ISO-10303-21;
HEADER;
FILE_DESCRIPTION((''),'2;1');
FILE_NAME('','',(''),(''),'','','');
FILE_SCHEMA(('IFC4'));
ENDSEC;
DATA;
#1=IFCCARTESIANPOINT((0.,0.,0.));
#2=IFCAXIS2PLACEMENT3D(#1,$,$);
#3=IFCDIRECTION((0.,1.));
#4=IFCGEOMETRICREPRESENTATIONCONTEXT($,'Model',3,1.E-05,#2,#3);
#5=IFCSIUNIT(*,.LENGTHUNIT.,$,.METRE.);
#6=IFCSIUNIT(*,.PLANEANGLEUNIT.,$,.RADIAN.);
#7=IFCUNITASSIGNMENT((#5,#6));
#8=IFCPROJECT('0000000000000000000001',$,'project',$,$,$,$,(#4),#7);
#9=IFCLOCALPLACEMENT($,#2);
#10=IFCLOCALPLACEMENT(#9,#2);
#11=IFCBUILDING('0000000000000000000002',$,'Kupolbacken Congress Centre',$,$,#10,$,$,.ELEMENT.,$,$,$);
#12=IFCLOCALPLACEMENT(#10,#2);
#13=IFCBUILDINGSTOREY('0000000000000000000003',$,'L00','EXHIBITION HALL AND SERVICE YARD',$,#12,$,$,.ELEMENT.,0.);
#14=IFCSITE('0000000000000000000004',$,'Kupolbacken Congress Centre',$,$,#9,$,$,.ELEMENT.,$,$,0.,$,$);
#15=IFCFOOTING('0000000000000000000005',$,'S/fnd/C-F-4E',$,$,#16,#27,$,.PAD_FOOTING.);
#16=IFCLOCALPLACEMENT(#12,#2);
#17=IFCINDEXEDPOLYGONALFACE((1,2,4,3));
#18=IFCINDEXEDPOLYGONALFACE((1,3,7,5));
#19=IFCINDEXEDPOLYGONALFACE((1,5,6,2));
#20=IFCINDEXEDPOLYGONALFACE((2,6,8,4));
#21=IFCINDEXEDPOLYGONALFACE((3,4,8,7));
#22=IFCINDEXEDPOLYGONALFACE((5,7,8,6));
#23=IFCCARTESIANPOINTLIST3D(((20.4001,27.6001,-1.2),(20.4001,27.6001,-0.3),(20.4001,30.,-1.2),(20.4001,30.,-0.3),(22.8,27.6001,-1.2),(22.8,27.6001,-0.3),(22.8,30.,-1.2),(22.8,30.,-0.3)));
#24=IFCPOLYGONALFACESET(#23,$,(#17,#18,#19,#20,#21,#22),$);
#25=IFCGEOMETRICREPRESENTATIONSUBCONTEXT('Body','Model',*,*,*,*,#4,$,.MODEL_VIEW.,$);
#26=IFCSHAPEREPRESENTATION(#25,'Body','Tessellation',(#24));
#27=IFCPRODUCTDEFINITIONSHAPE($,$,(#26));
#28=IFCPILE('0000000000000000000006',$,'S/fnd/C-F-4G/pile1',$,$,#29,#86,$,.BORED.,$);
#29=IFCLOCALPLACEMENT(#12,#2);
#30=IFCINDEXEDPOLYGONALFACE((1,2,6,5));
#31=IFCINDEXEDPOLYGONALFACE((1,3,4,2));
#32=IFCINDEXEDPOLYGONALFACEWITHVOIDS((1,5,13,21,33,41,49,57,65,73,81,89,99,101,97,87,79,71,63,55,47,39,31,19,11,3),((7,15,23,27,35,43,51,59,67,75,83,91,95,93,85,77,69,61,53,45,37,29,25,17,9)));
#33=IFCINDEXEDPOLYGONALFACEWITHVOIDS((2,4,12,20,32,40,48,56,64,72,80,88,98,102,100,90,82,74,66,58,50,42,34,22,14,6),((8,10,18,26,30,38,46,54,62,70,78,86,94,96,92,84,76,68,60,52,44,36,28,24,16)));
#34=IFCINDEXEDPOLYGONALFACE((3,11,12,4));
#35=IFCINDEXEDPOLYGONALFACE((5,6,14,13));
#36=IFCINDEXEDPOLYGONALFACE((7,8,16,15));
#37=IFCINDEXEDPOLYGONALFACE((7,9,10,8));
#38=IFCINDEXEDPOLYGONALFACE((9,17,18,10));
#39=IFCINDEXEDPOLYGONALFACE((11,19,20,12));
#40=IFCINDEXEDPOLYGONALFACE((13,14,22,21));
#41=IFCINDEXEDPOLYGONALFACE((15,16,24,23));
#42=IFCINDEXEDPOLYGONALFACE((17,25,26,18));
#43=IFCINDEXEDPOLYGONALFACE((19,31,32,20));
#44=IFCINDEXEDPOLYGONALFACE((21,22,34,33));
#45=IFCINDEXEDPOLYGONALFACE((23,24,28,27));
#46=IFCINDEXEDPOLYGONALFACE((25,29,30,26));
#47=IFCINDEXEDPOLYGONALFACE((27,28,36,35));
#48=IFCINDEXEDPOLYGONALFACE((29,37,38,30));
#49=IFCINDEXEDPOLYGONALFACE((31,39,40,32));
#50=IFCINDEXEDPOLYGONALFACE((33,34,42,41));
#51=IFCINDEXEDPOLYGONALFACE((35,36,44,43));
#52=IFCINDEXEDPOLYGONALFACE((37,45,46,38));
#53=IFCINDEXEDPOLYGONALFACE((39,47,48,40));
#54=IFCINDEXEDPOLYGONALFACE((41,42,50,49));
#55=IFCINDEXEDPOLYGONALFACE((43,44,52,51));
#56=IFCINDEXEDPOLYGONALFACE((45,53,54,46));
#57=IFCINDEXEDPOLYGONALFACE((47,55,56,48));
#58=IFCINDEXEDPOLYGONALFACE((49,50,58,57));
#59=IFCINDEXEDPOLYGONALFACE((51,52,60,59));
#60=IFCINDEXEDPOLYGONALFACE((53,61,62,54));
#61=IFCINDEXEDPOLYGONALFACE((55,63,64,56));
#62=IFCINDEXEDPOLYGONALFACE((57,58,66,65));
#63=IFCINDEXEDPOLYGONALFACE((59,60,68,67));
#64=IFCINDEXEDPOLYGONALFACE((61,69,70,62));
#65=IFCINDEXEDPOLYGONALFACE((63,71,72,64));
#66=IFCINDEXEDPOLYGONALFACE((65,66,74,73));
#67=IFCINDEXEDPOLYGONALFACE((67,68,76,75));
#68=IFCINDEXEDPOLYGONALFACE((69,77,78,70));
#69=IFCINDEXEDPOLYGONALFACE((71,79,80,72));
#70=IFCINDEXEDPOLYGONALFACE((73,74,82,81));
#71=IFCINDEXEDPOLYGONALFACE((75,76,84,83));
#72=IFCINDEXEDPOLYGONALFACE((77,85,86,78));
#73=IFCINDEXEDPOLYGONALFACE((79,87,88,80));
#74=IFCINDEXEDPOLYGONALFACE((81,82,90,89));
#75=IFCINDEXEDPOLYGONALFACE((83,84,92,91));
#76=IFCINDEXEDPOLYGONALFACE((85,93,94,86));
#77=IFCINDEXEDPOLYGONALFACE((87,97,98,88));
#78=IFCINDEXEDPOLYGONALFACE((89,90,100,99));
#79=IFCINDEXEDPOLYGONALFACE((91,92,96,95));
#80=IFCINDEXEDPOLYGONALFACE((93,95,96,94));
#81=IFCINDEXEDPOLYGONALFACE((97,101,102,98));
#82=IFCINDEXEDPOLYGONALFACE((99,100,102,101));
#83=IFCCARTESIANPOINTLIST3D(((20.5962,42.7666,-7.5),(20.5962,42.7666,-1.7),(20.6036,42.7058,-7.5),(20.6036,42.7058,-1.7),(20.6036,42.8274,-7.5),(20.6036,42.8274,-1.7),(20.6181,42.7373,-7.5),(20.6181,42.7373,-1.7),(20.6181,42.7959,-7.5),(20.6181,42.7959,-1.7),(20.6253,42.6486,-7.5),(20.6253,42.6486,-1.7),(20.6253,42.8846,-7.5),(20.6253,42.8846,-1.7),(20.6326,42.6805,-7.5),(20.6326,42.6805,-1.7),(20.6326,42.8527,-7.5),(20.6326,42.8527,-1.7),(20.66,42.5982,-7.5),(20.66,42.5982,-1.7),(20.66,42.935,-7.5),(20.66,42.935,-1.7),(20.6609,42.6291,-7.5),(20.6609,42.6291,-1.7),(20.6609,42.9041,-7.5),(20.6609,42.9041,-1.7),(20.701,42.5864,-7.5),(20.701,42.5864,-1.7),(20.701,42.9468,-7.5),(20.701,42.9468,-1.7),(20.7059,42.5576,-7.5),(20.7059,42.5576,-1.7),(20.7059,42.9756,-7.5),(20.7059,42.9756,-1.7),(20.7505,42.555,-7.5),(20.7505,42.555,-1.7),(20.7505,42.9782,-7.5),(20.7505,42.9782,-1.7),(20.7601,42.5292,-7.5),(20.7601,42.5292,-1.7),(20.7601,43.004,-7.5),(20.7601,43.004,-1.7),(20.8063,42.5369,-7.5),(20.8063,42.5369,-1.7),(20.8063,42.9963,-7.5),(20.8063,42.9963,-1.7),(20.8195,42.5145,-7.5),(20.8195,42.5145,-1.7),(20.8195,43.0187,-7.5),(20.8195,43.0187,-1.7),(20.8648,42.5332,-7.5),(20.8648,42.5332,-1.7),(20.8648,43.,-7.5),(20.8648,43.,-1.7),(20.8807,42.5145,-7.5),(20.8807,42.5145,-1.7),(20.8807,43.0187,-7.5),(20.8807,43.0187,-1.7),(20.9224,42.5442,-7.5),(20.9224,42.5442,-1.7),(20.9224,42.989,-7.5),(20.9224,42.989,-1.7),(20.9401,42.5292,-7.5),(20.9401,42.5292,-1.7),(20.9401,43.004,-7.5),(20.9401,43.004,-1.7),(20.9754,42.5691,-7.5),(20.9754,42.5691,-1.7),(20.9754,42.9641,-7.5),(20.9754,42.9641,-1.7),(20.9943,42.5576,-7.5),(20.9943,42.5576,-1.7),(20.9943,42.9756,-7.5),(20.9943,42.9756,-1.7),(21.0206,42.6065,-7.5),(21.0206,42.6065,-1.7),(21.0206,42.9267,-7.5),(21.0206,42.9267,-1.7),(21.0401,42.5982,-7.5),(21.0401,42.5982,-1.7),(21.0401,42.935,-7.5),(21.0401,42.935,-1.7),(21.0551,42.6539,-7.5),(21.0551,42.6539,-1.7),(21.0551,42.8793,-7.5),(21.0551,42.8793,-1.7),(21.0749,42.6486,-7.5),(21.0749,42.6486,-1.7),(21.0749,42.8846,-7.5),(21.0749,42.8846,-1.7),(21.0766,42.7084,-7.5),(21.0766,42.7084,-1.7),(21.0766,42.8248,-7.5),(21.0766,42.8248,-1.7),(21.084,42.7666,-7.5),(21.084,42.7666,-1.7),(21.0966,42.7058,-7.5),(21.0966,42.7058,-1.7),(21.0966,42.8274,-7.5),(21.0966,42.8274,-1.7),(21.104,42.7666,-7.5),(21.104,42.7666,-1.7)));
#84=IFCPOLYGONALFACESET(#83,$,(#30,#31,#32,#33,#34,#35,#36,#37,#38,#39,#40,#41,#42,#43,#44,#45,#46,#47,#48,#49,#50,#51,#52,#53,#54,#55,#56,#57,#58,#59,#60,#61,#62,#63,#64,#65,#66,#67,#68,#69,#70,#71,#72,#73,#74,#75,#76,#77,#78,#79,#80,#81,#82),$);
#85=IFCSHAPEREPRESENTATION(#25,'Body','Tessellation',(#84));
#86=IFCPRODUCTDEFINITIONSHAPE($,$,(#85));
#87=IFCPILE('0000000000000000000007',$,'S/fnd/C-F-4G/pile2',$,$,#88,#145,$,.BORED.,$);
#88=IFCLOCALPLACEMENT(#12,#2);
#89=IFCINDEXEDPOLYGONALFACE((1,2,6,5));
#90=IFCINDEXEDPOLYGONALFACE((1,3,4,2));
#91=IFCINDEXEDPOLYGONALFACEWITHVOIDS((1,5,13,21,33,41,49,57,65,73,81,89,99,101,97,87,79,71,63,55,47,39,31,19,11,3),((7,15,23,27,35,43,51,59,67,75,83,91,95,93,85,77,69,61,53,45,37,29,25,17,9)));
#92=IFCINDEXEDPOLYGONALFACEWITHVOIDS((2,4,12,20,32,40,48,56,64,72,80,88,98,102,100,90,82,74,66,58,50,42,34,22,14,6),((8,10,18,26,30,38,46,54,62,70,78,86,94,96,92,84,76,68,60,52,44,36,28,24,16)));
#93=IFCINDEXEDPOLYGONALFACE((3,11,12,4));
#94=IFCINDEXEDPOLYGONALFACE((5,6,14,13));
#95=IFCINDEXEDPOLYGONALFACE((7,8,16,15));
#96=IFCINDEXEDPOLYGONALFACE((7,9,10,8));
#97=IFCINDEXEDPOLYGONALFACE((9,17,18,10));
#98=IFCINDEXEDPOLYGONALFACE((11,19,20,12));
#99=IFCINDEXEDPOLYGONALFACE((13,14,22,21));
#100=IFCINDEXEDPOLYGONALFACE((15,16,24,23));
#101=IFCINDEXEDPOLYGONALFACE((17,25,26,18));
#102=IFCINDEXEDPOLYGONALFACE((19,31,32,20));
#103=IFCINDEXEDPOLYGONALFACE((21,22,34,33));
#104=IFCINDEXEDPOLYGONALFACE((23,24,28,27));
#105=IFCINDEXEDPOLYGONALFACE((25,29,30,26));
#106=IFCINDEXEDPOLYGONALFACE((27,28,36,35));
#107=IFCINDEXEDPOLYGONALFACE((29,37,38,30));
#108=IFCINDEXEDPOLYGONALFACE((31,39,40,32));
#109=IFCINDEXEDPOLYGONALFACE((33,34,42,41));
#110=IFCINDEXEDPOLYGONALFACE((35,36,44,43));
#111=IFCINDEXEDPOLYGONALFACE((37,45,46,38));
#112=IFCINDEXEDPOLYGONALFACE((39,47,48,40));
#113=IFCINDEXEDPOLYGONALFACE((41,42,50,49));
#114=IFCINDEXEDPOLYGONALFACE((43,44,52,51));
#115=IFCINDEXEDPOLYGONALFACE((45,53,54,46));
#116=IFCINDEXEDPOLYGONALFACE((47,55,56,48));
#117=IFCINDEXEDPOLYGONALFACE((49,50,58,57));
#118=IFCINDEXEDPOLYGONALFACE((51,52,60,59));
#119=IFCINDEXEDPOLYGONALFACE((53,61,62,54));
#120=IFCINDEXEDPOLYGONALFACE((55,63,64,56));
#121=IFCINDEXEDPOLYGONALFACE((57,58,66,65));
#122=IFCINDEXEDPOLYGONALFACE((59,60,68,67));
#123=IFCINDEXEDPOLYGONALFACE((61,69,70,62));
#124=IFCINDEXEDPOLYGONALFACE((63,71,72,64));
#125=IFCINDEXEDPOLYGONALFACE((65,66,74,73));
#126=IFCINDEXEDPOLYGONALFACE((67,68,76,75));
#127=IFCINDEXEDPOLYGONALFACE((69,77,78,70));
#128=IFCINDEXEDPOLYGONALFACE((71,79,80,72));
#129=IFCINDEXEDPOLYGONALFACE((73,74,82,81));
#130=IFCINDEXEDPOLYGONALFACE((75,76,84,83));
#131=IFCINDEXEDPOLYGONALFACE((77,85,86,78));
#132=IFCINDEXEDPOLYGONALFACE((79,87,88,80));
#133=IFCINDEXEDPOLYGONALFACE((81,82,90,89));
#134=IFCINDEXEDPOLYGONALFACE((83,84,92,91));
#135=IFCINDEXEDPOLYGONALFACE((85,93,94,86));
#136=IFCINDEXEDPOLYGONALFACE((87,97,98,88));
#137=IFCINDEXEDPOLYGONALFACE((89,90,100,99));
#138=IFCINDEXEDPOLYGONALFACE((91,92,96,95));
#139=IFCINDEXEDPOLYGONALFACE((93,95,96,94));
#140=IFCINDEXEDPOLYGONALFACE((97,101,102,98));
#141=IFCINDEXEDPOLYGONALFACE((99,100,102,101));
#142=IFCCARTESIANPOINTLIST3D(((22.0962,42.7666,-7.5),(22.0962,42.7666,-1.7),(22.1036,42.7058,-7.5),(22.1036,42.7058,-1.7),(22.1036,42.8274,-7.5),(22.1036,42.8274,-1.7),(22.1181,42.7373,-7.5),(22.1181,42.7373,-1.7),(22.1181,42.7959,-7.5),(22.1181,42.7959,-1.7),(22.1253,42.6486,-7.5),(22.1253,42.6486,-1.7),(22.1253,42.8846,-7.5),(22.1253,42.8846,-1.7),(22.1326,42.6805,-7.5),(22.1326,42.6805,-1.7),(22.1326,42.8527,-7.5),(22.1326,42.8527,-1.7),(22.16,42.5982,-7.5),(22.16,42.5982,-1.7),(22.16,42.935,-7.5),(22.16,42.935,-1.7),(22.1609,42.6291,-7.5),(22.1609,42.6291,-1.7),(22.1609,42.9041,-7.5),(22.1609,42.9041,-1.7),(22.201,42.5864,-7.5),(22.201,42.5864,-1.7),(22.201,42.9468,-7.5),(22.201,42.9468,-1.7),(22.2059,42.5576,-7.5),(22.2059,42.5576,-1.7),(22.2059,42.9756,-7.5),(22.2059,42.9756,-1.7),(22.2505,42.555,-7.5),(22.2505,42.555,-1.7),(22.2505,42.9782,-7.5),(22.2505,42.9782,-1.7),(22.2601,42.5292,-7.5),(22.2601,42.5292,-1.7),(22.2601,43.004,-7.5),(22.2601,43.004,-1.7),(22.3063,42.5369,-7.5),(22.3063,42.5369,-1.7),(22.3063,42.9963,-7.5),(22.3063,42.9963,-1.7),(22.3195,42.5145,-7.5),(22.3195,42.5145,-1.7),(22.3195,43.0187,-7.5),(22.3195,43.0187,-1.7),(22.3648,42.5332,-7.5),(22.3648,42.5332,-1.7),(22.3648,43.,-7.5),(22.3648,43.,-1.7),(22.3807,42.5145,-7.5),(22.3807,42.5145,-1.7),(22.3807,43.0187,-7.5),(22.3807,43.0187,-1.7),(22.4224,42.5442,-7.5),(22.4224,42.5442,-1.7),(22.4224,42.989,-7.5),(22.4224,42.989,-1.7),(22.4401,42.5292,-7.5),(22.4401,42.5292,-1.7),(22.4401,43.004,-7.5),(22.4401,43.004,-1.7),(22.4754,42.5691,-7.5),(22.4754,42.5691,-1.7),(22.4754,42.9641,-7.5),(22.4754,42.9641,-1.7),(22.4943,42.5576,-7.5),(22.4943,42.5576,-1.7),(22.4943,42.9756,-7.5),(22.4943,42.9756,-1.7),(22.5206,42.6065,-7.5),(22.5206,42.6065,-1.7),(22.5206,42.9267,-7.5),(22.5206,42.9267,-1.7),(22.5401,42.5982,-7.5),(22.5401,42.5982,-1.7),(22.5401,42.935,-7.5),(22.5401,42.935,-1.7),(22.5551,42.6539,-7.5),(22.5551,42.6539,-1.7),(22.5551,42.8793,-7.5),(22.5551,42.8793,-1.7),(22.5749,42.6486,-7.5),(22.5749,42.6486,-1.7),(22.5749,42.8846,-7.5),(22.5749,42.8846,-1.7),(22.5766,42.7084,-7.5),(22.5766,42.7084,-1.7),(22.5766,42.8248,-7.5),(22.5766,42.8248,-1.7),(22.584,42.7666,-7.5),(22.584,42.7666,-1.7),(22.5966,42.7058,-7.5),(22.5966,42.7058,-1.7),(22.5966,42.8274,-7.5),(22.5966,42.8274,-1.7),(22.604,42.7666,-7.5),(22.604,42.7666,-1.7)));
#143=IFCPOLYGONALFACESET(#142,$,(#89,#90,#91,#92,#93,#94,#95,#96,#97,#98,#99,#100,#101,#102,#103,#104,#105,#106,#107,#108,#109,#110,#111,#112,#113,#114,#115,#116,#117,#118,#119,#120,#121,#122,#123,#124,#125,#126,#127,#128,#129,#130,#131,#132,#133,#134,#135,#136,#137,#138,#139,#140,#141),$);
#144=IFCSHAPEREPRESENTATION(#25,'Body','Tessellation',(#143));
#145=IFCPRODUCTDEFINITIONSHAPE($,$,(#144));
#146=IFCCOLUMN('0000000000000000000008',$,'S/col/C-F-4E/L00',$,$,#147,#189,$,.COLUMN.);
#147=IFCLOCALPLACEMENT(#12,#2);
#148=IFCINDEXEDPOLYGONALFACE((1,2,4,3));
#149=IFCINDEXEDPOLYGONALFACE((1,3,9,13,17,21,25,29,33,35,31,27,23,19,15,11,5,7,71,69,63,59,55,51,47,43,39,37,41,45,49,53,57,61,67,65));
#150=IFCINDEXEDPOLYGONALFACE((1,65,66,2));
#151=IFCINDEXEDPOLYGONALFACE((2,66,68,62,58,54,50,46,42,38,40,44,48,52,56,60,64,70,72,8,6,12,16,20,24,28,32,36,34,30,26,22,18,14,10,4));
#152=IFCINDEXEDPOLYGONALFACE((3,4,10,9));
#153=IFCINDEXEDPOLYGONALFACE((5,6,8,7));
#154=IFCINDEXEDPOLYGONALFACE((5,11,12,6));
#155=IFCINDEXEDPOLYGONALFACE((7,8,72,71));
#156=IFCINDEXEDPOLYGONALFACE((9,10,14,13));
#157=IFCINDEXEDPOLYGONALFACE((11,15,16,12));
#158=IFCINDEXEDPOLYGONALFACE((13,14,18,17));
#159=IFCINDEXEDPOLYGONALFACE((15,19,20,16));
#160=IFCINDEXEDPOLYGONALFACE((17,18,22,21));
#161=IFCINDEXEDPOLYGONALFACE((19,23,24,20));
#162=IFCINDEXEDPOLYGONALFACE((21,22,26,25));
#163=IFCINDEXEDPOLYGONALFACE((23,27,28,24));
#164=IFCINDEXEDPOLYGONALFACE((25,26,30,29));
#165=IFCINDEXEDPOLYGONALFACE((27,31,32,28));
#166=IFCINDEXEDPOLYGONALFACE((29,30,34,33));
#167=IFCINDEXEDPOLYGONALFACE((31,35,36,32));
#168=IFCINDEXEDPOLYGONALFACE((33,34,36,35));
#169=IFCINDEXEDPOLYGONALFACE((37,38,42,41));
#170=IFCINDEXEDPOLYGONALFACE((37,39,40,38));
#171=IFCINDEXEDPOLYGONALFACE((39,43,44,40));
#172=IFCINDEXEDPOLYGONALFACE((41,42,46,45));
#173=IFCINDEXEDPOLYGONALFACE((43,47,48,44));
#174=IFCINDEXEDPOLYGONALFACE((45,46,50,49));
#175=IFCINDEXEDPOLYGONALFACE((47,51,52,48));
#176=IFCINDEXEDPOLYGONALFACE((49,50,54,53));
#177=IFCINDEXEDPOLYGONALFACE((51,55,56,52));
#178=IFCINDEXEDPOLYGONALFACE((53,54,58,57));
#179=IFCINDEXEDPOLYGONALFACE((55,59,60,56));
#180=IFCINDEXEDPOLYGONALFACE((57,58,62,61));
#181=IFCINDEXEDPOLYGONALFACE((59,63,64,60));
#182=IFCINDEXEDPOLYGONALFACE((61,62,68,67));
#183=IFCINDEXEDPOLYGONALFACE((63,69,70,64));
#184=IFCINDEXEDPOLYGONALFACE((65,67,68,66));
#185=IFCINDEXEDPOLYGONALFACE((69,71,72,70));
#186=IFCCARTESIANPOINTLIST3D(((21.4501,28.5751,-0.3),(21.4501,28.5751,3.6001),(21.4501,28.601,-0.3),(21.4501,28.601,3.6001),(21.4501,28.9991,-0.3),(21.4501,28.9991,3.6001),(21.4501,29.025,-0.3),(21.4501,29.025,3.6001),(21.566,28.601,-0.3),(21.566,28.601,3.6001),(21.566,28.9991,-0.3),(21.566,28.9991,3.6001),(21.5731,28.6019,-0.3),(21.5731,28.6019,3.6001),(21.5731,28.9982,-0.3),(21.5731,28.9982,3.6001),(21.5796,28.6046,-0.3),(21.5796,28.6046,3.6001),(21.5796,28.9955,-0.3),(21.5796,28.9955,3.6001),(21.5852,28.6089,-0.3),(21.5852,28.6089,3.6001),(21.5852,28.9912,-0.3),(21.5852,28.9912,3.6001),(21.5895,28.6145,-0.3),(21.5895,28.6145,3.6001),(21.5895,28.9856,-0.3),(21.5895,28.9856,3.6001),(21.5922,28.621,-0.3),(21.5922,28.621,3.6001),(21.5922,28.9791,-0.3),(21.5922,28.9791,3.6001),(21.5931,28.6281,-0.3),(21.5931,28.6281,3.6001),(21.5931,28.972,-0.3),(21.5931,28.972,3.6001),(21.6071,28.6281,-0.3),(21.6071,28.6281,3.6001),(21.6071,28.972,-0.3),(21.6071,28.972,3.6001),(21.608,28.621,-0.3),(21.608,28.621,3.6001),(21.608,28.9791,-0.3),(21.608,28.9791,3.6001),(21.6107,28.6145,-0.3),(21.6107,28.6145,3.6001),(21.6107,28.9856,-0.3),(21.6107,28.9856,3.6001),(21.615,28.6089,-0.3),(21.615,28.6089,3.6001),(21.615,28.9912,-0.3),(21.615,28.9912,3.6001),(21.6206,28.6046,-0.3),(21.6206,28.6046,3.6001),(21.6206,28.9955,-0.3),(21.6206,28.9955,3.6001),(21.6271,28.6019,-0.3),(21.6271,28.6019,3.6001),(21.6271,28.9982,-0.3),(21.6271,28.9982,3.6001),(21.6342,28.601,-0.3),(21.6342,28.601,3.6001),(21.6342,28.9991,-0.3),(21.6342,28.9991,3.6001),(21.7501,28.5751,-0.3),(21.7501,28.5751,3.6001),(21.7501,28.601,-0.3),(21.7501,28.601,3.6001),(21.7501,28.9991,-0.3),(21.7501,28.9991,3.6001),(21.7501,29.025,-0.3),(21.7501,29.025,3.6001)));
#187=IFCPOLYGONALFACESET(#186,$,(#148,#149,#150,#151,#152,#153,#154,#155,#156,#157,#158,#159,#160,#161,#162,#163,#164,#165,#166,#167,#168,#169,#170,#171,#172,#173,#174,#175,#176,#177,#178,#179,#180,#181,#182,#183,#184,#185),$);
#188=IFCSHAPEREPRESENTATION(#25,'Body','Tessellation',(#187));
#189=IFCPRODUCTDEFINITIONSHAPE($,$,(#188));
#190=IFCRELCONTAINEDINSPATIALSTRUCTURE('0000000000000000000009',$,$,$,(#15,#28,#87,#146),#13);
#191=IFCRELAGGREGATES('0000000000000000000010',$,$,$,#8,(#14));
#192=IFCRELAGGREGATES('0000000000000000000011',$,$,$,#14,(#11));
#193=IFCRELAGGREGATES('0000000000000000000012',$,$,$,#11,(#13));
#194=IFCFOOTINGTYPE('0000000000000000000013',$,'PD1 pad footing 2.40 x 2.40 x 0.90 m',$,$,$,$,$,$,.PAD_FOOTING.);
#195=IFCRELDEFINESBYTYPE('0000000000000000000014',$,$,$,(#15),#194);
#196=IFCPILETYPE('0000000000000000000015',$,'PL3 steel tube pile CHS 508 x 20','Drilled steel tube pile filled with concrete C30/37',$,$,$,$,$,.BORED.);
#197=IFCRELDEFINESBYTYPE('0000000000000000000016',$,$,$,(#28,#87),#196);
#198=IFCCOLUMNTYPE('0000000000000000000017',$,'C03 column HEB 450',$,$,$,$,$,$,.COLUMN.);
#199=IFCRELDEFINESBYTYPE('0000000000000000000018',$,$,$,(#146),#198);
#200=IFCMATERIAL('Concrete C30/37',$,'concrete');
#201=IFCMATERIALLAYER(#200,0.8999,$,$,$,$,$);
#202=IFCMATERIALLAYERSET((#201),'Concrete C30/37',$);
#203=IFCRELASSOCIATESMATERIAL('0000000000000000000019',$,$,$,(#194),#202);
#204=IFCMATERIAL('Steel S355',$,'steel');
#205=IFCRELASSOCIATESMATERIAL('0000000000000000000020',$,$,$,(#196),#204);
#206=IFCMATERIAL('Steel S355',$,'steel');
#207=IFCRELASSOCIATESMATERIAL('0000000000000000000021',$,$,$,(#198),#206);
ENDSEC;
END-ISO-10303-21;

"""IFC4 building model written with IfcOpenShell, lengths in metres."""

from ifc_helpers import new_model, si_unit, direction, frame, origin, origin_2d, place, context, subcontext, project, spatial, rectangle, hollow_circle, i_section, extrude, material, layer, layer_set, material_profile, profile_set, type_object, element, save


model = new_model("IFC4")

# Units and contexts
model_context = context("Model", 3, precision=1e-05, world=origin(), true_north=direction((0.0, 1.0)))
body_context = subcontext(model_context, "Body", "Model", "MODEL_VIEW")
ifc_project = project(units=[si_unit("LENGTHUNIT", "METRE"), si_unit("PLANEANGLEUNIT", "RADIAN")], contexts=[model_context])

# Site, building, storey
site_placement = place(None, origin())
site = spatial("IfcSite", under=ifc_project, at=site_placement, Name="Kupolbacken Congress Centre", CompositionType="ELEMENT", RefElevation=0.0)
building_placement = place(site_placement, origin())
building = spatial("IfcBuilding", under=site, at=building_placement, Name="Kupolbacken Congress Centre", CompositionType="ELEMENT")
storey_placement = place(building_placement, origin())
storey = spatial("IfcBuildingStorey", under=building, at=storey_placement, Name="L00", Description="EXHIBITION HALL AND SERVICE YARD", CompositionType="ELEMENT", Elevation=0.0)

# Footing
ifc_material_1 = material(Name="Concrete C30/37", Category="concrete")
ifc_layer_1 = layer(ifc_material_1, 0.8999)
ifc_layer_set_1 = layer_set([ifc_layer_1], Name="Concrete C30/37")
footing_type = type_object("IfcFootingType", Name="PD1 pad footing 2.40 x 2.40 x 0.90 m", PredefinedType="PAD_FOOTING", material=ifc_layer_set_1)
footing_placement = place(storey_placement, frame((21.6001, 28.8, -1.2), z_axis=(0.0, 0.0, 1.0), x_axis=(1.0, 0.0, 0.0)))
element("IfcFooting", 1, at=footing_placement, inside=storey, type_object=footing_type, Name="S/fnd/C-F-4E", PredefinedType="PAD_FOOTING", context=body_context, shape_type="SweptSolid", body=[
    extrude(rectangle(XDim=2.3999, YDim=2.3999, at=origin_2d()), origin(), (0.0, 0.0, 1.0), 0.8999),
])

# Piles
ifc_material_2 = material(Name="Steel S355", Category="steel")
ifc_material_profile_1 = material_profile(ifc_material_2, hollow_circle(Radius=0.2539, WallThickness=0.02, at=origin_2d()), Name="CHS 508 x 20")
ifc_profile_set_1 = profile_set([ifc_material_profile_1], Name="Steel S355")
pile_type = type_object("IfcPileType", Name="PL3 steel tube pile CHS 508 x 20", Description="Drilled steel tube pile filled with concrete C30/37", PredefinedType="BORED", material=ifc_profile_set_1)
for number, where, z_axis, x_axis, name in (
    (2, (20.8501, 42.7666, -1.7), (0.0, 0.0, -1.0), (1.0, 0.0, 0.0), "S/fnd/C-F-4G/pile1"),
    (3, (22.3501, 42.7666, -1.7), (0.0, 0.0, -1.0), (1.0, 0.0, 0.0), "S/fnd/C-F-4G/pile2"),
):
    element("IfcPile", number, at=place(storey_placement, frame(where, z_axis=z_axis, x_axis=x_axis)), inside=storey, type_object=pile_type, Name=name, PredefinedType="BORED", context=body_context, shape_type="SweptSolid", body=[
        extrude(hollow_circle(Radius=0.2539, WallThickness=0.02, at=origin_2d()), origin(), (0.0, 0.0, 1.0), 5.8),
    ])

# Column
ifc_material_3 = material(Name="Steel S355", Category="steel")
ifc_material_profile_2 = material_profile(ifc_material_3, i_section(OverallWidth=0.3, OverallDepth=0.45, WebThickness=0.0139, FlangeThickness=0.0259, FilletRadius=0.0271, at=origin_2d()), Name="HEB 450")
ifc_profile_set_2 = profile_set([ifc_material_profile_2], Name="Steel S355")
column_type_1 = type_object("IfcColumnType", Name="C03 column HEB 450", PredefinedType="COLUMN", material=ifc_profile_set_2)
column_1_placement = place(storey_placement, frame((21.6001, 28.8, -0.3), z_axis=(0.0, 0.0, 1.0), x_axis=(1.0, 0.0, 0.0)))
element("IfcColumn", 4, at=column_1_placement, inside=storey, type_object=column_type_1, Name="S/col/C-F-4E/L00", PredefinedType="COLUMN", context=body_context, shape_type="SweptSolid", body=[
    extrude(i_section(OverallWidth=0.3, OverallDepth=0.45, WebThickness=0.0139, FlangeThickness=0.0259, FilletRadius=0.0271, at=origin_2d()), origin(), (0.0, 0.0, 1.0), 3.9001),
])

save(model, "model.ifc")
